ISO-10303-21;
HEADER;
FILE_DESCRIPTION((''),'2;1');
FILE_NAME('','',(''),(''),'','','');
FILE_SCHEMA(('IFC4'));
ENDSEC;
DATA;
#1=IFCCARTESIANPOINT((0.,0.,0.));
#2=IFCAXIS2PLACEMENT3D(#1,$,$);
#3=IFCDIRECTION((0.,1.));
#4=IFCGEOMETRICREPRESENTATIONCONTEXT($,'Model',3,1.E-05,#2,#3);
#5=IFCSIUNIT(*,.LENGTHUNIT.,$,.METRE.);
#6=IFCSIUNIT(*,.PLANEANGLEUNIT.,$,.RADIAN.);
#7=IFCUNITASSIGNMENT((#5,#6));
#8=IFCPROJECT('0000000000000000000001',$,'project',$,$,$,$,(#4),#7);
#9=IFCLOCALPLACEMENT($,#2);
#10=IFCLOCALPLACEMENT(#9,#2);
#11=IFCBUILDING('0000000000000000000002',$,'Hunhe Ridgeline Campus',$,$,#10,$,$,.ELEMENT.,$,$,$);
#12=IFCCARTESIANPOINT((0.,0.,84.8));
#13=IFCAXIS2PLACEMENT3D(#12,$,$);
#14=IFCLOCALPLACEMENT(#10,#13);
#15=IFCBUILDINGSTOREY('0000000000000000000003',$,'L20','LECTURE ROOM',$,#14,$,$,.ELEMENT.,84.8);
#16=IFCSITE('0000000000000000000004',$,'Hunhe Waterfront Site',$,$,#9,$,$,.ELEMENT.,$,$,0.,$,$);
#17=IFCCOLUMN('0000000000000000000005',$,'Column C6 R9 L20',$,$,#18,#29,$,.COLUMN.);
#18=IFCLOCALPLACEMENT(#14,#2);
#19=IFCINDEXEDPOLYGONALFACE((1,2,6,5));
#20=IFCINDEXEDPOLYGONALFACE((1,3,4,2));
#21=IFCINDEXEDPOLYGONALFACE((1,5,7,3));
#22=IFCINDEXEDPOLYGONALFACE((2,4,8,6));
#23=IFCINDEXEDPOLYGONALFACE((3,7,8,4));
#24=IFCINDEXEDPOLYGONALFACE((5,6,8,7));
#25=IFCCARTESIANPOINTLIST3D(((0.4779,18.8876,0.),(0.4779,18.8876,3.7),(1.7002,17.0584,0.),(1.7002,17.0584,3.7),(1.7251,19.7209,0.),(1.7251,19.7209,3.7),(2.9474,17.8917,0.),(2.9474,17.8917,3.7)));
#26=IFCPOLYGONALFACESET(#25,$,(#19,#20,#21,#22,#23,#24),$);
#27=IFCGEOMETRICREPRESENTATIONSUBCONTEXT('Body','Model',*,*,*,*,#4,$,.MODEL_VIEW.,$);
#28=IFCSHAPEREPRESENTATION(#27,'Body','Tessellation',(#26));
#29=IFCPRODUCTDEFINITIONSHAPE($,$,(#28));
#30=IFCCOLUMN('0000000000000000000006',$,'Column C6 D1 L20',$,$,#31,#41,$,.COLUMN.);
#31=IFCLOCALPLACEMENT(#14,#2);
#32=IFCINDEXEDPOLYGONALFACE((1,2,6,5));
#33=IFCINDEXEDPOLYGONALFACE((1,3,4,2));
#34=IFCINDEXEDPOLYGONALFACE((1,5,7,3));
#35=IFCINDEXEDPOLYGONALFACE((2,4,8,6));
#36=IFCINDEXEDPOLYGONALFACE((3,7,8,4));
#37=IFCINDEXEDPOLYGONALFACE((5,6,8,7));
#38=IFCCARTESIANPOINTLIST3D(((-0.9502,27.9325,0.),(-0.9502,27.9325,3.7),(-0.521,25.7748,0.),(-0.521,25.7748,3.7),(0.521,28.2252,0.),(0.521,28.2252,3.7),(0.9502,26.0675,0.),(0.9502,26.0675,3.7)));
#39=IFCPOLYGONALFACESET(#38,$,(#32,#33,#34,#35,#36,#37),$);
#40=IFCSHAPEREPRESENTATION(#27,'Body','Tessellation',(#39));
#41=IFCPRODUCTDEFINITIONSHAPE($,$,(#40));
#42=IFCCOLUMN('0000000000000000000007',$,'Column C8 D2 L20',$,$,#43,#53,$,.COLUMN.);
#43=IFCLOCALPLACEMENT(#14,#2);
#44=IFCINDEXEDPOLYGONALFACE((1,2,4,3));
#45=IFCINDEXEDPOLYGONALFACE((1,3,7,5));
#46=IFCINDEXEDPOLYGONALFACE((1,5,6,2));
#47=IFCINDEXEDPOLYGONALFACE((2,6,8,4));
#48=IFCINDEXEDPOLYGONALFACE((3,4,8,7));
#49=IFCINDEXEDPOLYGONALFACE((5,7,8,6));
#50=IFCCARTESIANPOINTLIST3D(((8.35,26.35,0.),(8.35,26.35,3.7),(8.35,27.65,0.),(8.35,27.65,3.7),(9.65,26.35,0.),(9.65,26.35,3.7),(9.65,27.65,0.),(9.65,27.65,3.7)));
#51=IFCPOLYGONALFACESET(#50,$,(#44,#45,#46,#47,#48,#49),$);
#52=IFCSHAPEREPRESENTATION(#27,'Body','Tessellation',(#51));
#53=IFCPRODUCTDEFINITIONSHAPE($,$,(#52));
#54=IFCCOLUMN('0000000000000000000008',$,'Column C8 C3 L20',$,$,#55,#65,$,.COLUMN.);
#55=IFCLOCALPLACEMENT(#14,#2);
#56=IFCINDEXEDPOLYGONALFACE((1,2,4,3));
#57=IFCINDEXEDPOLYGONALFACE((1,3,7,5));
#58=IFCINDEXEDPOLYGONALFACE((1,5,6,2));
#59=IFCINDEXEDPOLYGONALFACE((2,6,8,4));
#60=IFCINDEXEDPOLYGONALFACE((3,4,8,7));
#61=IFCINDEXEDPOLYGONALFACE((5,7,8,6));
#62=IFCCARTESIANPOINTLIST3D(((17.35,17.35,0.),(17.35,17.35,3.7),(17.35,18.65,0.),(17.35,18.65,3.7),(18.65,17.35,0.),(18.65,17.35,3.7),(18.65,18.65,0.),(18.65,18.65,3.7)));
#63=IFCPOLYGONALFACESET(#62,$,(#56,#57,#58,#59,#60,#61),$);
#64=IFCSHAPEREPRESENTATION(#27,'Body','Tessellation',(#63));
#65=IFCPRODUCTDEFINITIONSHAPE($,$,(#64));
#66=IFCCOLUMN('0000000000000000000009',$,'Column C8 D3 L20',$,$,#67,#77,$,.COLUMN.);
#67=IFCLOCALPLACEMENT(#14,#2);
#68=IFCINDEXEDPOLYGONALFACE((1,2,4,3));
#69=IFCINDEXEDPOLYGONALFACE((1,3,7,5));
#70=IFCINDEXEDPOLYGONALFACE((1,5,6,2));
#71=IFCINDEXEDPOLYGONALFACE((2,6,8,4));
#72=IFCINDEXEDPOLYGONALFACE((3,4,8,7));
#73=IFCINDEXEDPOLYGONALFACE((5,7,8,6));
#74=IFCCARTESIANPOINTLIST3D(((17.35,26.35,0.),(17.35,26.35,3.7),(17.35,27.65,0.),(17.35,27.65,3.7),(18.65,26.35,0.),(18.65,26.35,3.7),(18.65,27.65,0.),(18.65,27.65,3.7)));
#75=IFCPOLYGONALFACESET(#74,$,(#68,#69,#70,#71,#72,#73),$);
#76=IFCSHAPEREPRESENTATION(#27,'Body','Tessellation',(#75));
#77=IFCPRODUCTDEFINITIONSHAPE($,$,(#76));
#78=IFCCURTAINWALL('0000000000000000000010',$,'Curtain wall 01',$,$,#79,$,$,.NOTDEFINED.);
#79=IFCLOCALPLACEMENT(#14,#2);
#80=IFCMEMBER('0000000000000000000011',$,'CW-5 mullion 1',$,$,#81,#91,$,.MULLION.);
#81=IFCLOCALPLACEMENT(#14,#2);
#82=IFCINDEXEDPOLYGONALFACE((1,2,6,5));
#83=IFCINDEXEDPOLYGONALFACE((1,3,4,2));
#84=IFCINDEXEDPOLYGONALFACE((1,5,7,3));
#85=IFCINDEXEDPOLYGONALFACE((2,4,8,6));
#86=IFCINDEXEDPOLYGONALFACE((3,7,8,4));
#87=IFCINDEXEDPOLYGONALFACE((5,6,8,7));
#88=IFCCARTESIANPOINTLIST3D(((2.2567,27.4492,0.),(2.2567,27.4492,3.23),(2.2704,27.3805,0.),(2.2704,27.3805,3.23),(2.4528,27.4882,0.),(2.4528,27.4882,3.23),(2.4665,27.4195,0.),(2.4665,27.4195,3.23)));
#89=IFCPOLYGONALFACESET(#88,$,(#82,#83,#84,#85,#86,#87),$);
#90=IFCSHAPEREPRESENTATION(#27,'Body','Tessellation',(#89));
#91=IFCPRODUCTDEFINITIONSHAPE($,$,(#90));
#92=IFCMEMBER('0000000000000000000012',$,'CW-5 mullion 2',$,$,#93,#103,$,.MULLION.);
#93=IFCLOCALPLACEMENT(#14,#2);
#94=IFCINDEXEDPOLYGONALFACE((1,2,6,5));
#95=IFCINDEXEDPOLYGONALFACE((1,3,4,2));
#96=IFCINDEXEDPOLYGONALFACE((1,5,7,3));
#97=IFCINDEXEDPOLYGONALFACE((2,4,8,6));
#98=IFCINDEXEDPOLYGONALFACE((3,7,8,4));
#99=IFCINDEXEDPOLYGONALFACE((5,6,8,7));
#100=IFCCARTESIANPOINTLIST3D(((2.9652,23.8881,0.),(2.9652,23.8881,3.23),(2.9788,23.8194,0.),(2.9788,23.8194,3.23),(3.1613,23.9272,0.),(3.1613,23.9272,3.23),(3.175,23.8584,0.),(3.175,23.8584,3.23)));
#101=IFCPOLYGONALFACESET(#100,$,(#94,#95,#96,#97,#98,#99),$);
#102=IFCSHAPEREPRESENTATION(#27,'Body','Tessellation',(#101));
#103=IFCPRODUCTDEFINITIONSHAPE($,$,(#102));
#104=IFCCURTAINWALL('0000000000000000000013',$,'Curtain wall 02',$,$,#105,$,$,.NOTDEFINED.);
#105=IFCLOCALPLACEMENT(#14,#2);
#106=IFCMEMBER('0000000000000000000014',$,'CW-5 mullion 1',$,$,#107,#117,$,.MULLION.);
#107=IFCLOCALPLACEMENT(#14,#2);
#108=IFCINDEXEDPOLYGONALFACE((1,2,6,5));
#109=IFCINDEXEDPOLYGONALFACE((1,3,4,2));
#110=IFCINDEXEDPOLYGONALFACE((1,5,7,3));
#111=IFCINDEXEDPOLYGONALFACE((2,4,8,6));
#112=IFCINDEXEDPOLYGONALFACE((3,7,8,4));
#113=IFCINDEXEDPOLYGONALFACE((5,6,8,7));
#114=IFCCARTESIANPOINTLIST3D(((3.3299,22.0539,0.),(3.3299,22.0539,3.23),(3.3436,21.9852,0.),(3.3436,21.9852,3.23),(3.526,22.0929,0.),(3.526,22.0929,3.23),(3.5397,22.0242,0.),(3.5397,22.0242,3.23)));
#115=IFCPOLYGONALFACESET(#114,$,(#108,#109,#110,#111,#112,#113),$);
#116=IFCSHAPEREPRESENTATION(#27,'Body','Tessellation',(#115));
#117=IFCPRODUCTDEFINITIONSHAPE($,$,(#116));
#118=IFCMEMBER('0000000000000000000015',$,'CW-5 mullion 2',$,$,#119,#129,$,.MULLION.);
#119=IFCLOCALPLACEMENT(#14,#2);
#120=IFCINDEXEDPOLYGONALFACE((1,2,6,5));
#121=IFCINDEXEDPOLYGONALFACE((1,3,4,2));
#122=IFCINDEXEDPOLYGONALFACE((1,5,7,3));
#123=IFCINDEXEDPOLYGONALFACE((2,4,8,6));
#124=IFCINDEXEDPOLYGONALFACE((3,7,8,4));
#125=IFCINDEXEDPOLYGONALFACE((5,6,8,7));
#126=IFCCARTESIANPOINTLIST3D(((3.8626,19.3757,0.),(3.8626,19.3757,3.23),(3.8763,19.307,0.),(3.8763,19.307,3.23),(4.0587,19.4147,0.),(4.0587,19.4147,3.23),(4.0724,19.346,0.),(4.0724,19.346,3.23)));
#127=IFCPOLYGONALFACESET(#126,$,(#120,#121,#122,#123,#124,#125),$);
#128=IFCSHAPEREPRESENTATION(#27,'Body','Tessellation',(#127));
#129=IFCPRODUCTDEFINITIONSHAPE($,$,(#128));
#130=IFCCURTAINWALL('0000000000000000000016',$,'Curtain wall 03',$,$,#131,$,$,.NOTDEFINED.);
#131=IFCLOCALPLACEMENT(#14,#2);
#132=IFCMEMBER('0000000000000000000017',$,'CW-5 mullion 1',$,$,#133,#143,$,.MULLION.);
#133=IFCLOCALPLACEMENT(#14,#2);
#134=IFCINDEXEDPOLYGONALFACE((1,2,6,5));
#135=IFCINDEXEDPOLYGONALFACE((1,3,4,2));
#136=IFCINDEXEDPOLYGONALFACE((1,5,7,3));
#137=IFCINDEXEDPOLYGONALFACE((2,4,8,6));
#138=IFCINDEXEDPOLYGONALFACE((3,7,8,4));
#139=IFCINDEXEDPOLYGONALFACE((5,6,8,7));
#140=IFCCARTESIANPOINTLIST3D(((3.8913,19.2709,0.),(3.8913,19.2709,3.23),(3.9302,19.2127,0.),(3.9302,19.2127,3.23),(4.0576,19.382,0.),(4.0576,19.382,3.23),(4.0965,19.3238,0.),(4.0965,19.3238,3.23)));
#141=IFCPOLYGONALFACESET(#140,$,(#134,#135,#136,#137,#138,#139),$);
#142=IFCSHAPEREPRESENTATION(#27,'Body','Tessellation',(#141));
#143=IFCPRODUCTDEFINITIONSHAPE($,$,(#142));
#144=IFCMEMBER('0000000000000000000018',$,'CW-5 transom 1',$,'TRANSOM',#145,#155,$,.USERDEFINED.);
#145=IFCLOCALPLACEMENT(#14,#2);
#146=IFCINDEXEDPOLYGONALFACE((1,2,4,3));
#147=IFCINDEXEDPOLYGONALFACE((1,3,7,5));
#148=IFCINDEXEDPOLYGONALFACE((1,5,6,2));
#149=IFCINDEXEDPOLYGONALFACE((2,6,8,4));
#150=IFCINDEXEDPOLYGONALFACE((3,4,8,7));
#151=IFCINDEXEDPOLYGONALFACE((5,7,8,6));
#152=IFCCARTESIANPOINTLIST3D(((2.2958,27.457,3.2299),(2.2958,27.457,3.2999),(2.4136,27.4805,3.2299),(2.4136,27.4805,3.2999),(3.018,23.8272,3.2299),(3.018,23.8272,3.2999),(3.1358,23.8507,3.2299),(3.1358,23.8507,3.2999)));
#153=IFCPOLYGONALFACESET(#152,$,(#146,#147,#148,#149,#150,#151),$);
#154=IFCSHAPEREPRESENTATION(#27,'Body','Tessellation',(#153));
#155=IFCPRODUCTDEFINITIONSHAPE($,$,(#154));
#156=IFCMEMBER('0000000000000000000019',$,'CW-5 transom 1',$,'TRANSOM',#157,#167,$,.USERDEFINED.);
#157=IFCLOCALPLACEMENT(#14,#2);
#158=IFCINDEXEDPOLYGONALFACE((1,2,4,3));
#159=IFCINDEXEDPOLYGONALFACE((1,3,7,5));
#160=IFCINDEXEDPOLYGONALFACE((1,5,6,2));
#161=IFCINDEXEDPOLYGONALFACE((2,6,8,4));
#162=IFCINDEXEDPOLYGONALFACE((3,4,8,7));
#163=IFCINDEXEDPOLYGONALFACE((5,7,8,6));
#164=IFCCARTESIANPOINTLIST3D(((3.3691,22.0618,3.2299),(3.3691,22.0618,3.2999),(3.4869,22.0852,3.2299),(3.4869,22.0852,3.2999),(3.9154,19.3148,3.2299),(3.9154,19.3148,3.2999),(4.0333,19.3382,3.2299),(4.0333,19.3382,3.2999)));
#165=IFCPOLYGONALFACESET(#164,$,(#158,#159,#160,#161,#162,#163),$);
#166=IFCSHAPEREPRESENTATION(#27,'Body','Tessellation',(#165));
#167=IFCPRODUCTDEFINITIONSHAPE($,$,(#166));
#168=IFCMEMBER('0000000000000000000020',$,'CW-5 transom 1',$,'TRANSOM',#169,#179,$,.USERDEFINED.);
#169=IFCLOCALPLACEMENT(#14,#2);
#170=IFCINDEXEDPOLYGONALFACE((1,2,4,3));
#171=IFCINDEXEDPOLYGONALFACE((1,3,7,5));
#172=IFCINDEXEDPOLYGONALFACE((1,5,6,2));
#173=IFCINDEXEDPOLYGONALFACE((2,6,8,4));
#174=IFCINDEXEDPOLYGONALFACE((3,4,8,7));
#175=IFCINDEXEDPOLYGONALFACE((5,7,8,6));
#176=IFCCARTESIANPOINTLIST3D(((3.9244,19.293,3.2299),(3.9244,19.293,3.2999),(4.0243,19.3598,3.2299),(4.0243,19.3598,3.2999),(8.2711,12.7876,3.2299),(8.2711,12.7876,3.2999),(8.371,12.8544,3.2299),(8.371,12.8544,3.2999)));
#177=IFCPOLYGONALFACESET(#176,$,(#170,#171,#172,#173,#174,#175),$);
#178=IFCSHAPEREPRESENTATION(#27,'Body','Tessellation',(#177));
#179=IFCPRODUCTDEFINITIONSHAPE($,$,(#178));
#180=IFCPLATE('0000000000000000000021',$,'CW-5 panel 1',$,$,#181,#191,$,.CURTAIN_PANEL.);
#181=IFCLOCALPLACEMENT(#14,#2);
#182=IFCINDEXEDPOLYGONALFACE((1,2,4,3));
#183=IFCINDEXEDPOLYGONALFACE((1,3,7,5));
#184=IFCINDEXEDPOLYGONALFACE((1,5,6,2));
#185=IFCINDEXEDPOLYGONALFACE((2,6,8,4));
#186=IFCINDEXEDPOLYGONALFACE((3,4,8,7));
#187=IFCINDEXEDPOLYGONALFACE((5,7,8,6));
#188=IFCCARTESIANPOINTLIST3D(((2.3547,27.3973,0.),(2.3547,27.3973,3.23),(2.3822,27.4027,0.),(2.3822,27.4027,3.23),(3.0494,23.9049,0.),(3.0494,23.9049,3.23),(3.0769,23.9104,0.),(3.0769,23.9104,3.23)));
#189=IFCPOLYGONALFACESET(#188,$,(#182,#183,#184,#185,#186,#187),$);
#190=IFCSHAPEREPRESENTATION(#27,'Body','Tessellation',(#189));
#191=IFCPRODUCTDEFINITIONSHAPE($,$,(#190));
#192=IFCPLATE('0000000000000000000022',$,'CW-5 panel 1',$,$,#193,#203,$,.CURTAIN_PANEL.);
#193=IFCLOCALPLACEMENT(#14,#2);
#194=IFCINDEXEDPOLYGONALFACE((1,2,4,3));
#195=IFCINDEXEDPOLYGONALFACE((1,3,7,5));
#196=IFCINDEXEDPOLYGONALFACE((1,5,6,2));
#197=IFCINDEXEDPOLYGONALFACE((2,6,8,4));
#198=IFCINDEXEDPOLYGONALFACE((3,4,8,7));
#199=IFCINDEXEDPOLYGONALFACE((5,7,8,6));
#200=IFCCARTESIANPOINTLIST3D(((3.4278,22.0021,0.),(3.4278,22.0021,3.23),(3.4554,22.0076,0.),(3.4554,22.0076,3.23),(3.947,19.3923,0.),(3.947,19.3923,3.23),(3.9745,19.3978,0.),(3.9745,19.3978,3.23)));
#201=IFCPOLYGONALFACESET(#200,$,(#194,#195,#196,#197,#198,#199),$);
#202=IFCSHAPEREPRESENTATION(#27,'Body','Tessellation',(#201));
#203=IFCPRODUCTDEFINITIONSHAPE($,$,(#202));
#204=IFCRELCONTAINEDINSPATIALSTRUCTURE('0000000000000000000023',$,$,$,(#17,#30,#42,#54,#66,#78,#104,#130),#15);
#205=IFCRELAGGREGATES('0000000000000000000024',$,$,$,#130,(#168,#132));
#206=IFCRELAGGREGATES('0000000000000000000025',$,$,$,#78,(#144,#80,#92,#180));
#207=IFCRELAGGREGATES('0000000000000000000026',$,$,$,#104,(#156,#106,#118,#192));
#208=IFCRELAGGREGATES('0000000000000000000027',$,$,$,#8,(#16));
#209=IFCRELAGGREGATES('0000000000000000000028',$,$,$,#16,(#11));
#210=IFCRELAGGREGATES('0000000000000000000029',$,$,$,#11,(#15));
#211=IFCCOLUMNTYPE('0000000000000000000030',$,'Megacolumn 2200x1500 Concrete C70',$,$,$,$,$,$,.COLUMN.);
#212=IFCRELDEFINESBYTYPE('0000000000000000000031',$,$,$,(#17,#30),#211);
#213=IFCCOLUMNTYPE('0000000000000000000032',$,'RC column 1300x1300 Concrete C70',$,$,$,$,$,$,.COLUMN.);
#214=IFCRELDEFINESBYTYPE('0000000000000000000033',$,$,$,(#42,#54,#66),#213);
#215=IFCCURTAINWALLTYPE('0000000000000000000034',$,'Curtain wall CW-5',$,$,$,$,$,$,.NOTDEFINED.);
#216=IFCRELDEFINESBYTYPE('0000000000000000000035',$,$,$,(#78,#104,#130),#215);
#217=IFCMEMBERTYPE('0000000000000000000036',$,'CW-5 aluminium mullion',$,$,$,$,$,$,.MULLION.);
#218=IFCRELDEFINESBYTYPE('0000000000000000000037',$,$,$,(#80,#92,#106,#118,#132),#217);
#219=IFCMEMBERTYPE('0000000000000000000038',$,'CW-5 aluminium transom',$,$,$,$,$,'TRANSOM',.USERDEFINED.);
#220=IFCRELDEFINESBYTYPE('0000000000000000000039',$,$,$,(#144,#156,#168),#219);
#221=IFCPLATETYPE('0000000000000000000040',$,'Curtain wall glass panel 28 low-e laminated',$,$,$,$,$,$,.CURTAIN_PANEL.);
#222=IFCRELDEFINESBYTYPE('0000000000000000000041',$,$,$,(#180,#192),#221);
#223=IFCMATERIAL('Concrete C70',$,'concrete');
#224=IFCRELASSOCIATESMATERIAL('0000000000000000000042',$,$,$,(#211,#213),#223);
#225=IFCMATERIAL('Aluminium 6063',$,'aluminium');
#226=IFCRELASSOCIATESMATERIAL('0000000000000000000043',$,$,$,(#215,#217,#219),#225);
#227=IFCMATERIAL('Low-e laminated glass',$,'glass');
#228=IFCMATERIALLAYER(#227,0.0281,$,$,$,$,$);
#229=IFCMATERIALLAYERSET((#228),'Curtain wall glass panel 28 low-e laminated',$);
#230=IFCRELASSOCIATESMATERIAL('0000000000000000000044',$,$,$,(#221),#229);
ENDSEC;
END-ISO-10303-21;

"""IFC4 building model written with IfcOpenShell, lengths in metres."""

from ifc_helpers import new_model, si_unit, direction, frame, origin, origin_2d, place, context, subcontext, project, spatial, rectangle, extrude, material, layer, layer_set, material_profile, profile_set, type_object, element, aggregate, save


model = new_model("IFC4")

# Units and contexts
model_context = context("Model", 3, precision=1e-05, world=origin(), true_north=direction((0.0, 1.0)))
body_context = subcontext(model_context, "Body", "Model", "MODEL_VIEW")
ifc_project = project(units=[si_unit("LENGTHUNIT", "METRE"), si_unit("PLANEANGLEUNIT", "RADIAN")], contexts=[model_context])

# Site, building, storey
site_placement = place(None, origin())
site = spatial("IfcSite", under=ifc_project, at=site_placement, Name="Hunhe Waterfront Site", CompositionType="ELEMENT", RefElevation=0.0)
building_placement = place(site_placement, origin())
building = spatial("IfcBuilding", under=site, at=building_placement, Name="Hunhe Ridgeline Campus", CompositionType="ELEMENT")
storey_placement = place(building_placement, frame((0.0, 0.0, 84.8)))
storey = spatial("IfcBuildingStorey", under=building, at=storey_placement, Name="L20", Description="LECTURE ROOM", CompositionType="ELEMENT", Elevation=84.8)

# Columns
ifc_material_1 = material(Name="Concrete C70", Category="concrete")
ifc_material_profile_1 = material_profile(ifc_material_1, rectangle(XDim=2.2, YDim=1.5, at=origin_2d()))
ifc_profile_set_1 = profile_set([ifc_material_profile_1], Name="Concrete C70")
column_type_1 = type_object("IfcColumnType", Name="Megacolumn 2200x1500 Concrete C70", PredefinedType="COLUMN", material=ifc_profile_set_1)
for number, where, z_axis, x_axis, name in (
    (1, (1.7126, 18.3896, 0.0), (0.0, 0.0, 1.0), (-0.55557, 0.83147, 0.0), "Column C6 R9 L20"),
    (2, (0.0, 27.0, 0.0), (0.0, 0.0, 1.0), (-0.19509, 0.980785, 0.0), "Column C6 D1 L20"),
):
    element("IfcColumn", number, at=place(storey_placement, frame(where, z_axis=z_axis, x_axis=x_axis)), inside=storey, type_object=column_type_1, Name=name, PredefinedType="COLUMN", context=body_context, shape_type="SweptSolid", body=[
        extrude(rectangle(XDim=2.2, YDim=1.5, at=origin_2d()), origin(), (0.0, 0.0, 1.0), 3.7),
    ])
ifc_material_profile_2 = material_profile(ifc_material_1, rectangle(XDim=1.3, YDim=1.3, at=origin_2d()))
ifc_profile_set_2 = profile_set([ifc_material_profile_2], Name="Concrete C70")
column_type_2 = type_object("IfcColumnType", Name="RC column 1300x1300 Concrete C70", PredefinedType="COLUMN", material=ifc_profile_set_2)
for number, where, z_axis, x_axis, name in (
    (3, (9.0, 27.0, 0.0), (0.0, 0.0, 1.0), (1.0, 0.0, 0.0), "Column C8 D2 L20"),
    (4, (18.0, 18.0, 0.0), (0.0, 0.0, 1.0), (1.0, 0.0, 0.0), "Column C8 C3 L20"),
    (5, (18.0, 27.0, 0.0), (0.0, 0.0, 1.0), (1.0, 0.0, 0.0), "Column C8 D3 L20"),
):
    element("IfcColumn", number, at=place(storey_placement, frame(where, z_axis=z_axis, x_axis=x_axis)), inside=storey, type_object=column_type_2, Name=name, PredefinedType="COLUMN", context=body_context, shape_type="SweptSolid", body=[
        extrude(rectangle(XDim=1.3, YDim=1.3, at=origin_2d()), origin(), (0.0, 0.0, 1.0), 3.7),
    ])

# Curtain walls, members
ifc_material_2 = material(Name="Aluminium 6063", Category="aluminium")
curtain_wall_type = type_object("IfcCurtainWallType", Name="Curtain wall CW-5", PredefinedType="NOTDEFINED", material=ifc_material_2)
curtain_wall_1_placement = place(storey_placement, origin())
curtain_wall_1 = element("IfcCurtainWall", 6, at=curtain_wall_1_placement, inside=storey, type_object=curtain_wall_type, Name="Curtain wall 01", PredefinedType="NOTDEFINED")
ifc_material_profile_3 = material_profile(ifc_material_2, rectangle(XDim=0.2, YDim=0.0701, at=origin_2d()))
ifc_profile_set_3 = profile_set([ifc_material_profile_3], Name="Aluminium 6063")
member_type_1 = type_object("IfcMemberType", Name="CW-5 aluminium mullion", PredefinedType="MULLION", material=ifc_profile_set_3)
member_1_placement = place(storey_placement, frame((2.3616, 27.4343, 0.0), z_axis=(0.0, 0.0, 1.0), x_axis=(0.980784, 0.195095, 0.0)))
member_1 = element("IfcMember", 7, at=member_1_placement, type_object=member_type_1, Name="CW-5 mullion 1", PredefinedType="MULLION", context=body_context, shape_type="SweptSolid", body=[
    extrude(rectangle(XDim=0.2, YDim=0.0701, at=origin_2d()), origin(), (0.0, 0.0, 1.0), 3.23),
])
member_2_placement = place(storey_placement, frame((3.0701, 23.8733, 0.0), z_axis=(0.0, 0.0, 1.0), x_axis=(0.980784, 0.195095, 0.0)))
member_2 = element("IfcMember", 8, at=member_2_placement, type_object=member_type_1, Name="CW-5 mullion 2", PredefinedType="MULLION", context=body_context, shape_type="SweptSolid", body=[
    extrude(rectangle(XDim=0.2, YDim=0.0701, at=origin_2d()), origin(), (0.0, 0.0, 1.0), 3.23),
])
curtain_wall_2_placement = place(storey_placement, origin())
curtain_wall_2 = element("IfcCurtainWall", 9, at=curtain_wall_2_placement, inside=storey, type_object=curtain_wall_type, Name="Curtain wall 02", PredefinedType="NOTDEFINED")
member_3_placement = place(storey_placement, frame((3.4348, 22.0391, 0.0), z_axis=(0.0, 0.0, 1.0), x_axis=(0.980784, 0.195095, 0.0)))
member_3 = element("IfcMember", 10, at=member_3_placement, type_object=member_type_1, Name="CW-5 mullion 1", PredefinedType="MULLION", context=body_context, shape_type="SweptSolid", body=[
    extrude(rectangle(XDim=0.2, YDim=0.0701, at=origin_2d()), origin(), (0.0, 0.0, 1.0), 3.23),
])
member_4_placement = place(storey_placement, frame((3.9675, 19.3608, 0.0), z_axis=(0.0, 0.0, 1.0), x_axis=(0.980784, 0.195095, 0.0)))
member_4 = element("IfcMember", 11, at=member_4_placement, type_object=member_type_1, Name="CW-5 mullion 2", PredefinedType="MULLION", context=body_context, shape_type="SweptSolid", body=[
    extrude(rectangle(XDim=0.2, YDim=0.0701, at=origin_2d()), origin(), (0.0, 0.0, 1.0), 3.23),
])

# Curtain wall, member
curtain_wall_3_placement = place(storey_placement, origin())
curtain_wall_3 = element("IfcCurtainWall", 12, at=curtain_wall_3_placement, inside=storey, type_object=curtain_wall_type, Name="Curtain wall 03", PredefinedType="NOTDEFINED")
member_5_placement = place(storey_placement, frame((3.9939, 19.2974, 0.0), z_axis=(0.0, 0.0, 1.0), x_axis=(0.83147, 0.55557, 0.0)))
member_5 = element("IfcMember", 13, at=member_5_placement, type_object=member_type_1, Name="CW-5 mullion 1", PredefinedType="MULLION", context=body_context, shape_type="SweptSolid", body=[
    extrude(rectangle(XDim=0.2, YDim=0.0701, at=origin_2d()), origin(), (0.0, 0.0, 1.0), 3.23),
])

# Members
ifc_material_profile_4 = material_profile(ifc_material_2, rectangle(XDim=0.1201, YDim=0.0701, at=origin_2d()))
ifc_profile_set_4 = profile_set([ifc_material_profile_4], Name="Aluminium 6063")
member_type_2 = type_object("IfcMemberType", Name="CW-5 aluminium transom", ElementType="TRANSOM", PredefinedType="USERDEFINED", material=ifc_profile_set_4)
member_6_placement = place(storey_placement, frame((2.3547, 27.4688, 3.2649), z_axis=(0.195127, -0.980778, 0.0), x_axis=(0.980778, 0.195127, 0.0)))
member_6 = element("IfcMember", 14, at=member_6_placement, type_object=member_type_2, Name="CW-5 transom 1", ObjectType="TRANSOM", PredefinedType="USERDEFINED", context=body_context, shape_type="SweptSolid", body=[
    extrude(rectangle(XDim=0.1201, YDim=0.0701, at=origin_2d()), origin(), (0.0, 0.0, 1.0), 3.7009),
])
member_7_placement = place(storey_placement, frame((3.428, 22.0735, 3.2649), z_axis=(0.195077, -0.980788, 0.0), x_axis=(0.980788, 0.195077, 0.0)))
member_7 = element("IfcMember", 15, at=member_7_placement, type_object=member_type_2, Name="CW-5 transom 1", ObjectType="TRANSOM", PredefinedType="USERDEFINED", context=body_context, shape_type="SweptSolid", body=[
    extrude(rectangle(XDim=0.1201, YDim=0.0701, at=origin_2d()), origin(), (0.0, 0.0, 1.0), 2.8008),
])
member_8_placement = place(storey_placement, frame((3.9744, 19.3264, 3.2649), z_axis=(0.555564, -0.831474, 0.0), x_axis=(0.831474, 0.555564, 0.0)))
member_8 = element("IfcMember", 16, at=member_8_placement, type_object=member_type_2, Name="CW-5 transom 1", ObjectType="TRANSOM", PredefinedType="USERDEFINED", context=body_context, shape_type="SweptSolid", body=[
    extrude(rectangle(XDim=0.1201, YDim=0.0701, at=origin_2d()), origin(), (0.0, 0.0, 1.0), 7.824),
])
aggregate(curtain_wall_3, [member_8, member_5])

# Plates
ifc_material_3 = material(Name="Low-e laminated glass", Category="glass")
ifc_layer_1 = layer(ifc_material_3, 0.0281)
ifc_layer_set_1 = layer_set([ifc_layer_1], Name="Curtain wall glass panel 28 low-e laminated")
plate_type = type_object("IfcPlateType", Name="Curtain wall glass panel 28 low-e laminated", PredefinedType="CURTAIN_PANEL", material=ifc_layer_set_1)
plate_1_placement = place(storey_placement, frame((2.7158, 25.6538, 0.0), z_axis=(0.0, 0.0, 1.0), x_axis=(0.195095, -0.980784, 0.0)))
plate_1 = element("IfcPlate", 17, at=plate_1_placement, type_object=plate_type, Name="CW-5 panel 1", PredefinedType="CURTAIN_PANEL", context=body_context, shape_type="SweptSolid", body=[
    extrude(rectangle(XDim=3.5608, YDim=0.0281, at=origin_2d()), origin(), (0.0, 0.0, 1.0), 3.23),
])
aggregate(curtain_wall_1, [member_6, member_1, member_2, plate_1])
plate_2_placement = place(storey_placement, frame((3.7012, 20.7, 0.0), z_axis=(0.0, 0.0, 1.0), x_axis=(0.195095, -0.980784, 0.0)))
plate_2 = element("IfcPlate", 18, at=plate_2_placement, type_object=plate_type, Name="CW-5 panel 1", PredefinedType="CURTAIN_PANEL", context=body_context, shape_type="SweptSolid", body=[
    extrude(rectangle(XDim=2.6609, YDim=0.0281, at=origin_2d()), origin(), (0.0, 0.0, 1.0), 3.23),
])
aggregate(curtain_wall_2, [member_7, member_3, member_4, plate_2])

save(model, "model.ifc")
